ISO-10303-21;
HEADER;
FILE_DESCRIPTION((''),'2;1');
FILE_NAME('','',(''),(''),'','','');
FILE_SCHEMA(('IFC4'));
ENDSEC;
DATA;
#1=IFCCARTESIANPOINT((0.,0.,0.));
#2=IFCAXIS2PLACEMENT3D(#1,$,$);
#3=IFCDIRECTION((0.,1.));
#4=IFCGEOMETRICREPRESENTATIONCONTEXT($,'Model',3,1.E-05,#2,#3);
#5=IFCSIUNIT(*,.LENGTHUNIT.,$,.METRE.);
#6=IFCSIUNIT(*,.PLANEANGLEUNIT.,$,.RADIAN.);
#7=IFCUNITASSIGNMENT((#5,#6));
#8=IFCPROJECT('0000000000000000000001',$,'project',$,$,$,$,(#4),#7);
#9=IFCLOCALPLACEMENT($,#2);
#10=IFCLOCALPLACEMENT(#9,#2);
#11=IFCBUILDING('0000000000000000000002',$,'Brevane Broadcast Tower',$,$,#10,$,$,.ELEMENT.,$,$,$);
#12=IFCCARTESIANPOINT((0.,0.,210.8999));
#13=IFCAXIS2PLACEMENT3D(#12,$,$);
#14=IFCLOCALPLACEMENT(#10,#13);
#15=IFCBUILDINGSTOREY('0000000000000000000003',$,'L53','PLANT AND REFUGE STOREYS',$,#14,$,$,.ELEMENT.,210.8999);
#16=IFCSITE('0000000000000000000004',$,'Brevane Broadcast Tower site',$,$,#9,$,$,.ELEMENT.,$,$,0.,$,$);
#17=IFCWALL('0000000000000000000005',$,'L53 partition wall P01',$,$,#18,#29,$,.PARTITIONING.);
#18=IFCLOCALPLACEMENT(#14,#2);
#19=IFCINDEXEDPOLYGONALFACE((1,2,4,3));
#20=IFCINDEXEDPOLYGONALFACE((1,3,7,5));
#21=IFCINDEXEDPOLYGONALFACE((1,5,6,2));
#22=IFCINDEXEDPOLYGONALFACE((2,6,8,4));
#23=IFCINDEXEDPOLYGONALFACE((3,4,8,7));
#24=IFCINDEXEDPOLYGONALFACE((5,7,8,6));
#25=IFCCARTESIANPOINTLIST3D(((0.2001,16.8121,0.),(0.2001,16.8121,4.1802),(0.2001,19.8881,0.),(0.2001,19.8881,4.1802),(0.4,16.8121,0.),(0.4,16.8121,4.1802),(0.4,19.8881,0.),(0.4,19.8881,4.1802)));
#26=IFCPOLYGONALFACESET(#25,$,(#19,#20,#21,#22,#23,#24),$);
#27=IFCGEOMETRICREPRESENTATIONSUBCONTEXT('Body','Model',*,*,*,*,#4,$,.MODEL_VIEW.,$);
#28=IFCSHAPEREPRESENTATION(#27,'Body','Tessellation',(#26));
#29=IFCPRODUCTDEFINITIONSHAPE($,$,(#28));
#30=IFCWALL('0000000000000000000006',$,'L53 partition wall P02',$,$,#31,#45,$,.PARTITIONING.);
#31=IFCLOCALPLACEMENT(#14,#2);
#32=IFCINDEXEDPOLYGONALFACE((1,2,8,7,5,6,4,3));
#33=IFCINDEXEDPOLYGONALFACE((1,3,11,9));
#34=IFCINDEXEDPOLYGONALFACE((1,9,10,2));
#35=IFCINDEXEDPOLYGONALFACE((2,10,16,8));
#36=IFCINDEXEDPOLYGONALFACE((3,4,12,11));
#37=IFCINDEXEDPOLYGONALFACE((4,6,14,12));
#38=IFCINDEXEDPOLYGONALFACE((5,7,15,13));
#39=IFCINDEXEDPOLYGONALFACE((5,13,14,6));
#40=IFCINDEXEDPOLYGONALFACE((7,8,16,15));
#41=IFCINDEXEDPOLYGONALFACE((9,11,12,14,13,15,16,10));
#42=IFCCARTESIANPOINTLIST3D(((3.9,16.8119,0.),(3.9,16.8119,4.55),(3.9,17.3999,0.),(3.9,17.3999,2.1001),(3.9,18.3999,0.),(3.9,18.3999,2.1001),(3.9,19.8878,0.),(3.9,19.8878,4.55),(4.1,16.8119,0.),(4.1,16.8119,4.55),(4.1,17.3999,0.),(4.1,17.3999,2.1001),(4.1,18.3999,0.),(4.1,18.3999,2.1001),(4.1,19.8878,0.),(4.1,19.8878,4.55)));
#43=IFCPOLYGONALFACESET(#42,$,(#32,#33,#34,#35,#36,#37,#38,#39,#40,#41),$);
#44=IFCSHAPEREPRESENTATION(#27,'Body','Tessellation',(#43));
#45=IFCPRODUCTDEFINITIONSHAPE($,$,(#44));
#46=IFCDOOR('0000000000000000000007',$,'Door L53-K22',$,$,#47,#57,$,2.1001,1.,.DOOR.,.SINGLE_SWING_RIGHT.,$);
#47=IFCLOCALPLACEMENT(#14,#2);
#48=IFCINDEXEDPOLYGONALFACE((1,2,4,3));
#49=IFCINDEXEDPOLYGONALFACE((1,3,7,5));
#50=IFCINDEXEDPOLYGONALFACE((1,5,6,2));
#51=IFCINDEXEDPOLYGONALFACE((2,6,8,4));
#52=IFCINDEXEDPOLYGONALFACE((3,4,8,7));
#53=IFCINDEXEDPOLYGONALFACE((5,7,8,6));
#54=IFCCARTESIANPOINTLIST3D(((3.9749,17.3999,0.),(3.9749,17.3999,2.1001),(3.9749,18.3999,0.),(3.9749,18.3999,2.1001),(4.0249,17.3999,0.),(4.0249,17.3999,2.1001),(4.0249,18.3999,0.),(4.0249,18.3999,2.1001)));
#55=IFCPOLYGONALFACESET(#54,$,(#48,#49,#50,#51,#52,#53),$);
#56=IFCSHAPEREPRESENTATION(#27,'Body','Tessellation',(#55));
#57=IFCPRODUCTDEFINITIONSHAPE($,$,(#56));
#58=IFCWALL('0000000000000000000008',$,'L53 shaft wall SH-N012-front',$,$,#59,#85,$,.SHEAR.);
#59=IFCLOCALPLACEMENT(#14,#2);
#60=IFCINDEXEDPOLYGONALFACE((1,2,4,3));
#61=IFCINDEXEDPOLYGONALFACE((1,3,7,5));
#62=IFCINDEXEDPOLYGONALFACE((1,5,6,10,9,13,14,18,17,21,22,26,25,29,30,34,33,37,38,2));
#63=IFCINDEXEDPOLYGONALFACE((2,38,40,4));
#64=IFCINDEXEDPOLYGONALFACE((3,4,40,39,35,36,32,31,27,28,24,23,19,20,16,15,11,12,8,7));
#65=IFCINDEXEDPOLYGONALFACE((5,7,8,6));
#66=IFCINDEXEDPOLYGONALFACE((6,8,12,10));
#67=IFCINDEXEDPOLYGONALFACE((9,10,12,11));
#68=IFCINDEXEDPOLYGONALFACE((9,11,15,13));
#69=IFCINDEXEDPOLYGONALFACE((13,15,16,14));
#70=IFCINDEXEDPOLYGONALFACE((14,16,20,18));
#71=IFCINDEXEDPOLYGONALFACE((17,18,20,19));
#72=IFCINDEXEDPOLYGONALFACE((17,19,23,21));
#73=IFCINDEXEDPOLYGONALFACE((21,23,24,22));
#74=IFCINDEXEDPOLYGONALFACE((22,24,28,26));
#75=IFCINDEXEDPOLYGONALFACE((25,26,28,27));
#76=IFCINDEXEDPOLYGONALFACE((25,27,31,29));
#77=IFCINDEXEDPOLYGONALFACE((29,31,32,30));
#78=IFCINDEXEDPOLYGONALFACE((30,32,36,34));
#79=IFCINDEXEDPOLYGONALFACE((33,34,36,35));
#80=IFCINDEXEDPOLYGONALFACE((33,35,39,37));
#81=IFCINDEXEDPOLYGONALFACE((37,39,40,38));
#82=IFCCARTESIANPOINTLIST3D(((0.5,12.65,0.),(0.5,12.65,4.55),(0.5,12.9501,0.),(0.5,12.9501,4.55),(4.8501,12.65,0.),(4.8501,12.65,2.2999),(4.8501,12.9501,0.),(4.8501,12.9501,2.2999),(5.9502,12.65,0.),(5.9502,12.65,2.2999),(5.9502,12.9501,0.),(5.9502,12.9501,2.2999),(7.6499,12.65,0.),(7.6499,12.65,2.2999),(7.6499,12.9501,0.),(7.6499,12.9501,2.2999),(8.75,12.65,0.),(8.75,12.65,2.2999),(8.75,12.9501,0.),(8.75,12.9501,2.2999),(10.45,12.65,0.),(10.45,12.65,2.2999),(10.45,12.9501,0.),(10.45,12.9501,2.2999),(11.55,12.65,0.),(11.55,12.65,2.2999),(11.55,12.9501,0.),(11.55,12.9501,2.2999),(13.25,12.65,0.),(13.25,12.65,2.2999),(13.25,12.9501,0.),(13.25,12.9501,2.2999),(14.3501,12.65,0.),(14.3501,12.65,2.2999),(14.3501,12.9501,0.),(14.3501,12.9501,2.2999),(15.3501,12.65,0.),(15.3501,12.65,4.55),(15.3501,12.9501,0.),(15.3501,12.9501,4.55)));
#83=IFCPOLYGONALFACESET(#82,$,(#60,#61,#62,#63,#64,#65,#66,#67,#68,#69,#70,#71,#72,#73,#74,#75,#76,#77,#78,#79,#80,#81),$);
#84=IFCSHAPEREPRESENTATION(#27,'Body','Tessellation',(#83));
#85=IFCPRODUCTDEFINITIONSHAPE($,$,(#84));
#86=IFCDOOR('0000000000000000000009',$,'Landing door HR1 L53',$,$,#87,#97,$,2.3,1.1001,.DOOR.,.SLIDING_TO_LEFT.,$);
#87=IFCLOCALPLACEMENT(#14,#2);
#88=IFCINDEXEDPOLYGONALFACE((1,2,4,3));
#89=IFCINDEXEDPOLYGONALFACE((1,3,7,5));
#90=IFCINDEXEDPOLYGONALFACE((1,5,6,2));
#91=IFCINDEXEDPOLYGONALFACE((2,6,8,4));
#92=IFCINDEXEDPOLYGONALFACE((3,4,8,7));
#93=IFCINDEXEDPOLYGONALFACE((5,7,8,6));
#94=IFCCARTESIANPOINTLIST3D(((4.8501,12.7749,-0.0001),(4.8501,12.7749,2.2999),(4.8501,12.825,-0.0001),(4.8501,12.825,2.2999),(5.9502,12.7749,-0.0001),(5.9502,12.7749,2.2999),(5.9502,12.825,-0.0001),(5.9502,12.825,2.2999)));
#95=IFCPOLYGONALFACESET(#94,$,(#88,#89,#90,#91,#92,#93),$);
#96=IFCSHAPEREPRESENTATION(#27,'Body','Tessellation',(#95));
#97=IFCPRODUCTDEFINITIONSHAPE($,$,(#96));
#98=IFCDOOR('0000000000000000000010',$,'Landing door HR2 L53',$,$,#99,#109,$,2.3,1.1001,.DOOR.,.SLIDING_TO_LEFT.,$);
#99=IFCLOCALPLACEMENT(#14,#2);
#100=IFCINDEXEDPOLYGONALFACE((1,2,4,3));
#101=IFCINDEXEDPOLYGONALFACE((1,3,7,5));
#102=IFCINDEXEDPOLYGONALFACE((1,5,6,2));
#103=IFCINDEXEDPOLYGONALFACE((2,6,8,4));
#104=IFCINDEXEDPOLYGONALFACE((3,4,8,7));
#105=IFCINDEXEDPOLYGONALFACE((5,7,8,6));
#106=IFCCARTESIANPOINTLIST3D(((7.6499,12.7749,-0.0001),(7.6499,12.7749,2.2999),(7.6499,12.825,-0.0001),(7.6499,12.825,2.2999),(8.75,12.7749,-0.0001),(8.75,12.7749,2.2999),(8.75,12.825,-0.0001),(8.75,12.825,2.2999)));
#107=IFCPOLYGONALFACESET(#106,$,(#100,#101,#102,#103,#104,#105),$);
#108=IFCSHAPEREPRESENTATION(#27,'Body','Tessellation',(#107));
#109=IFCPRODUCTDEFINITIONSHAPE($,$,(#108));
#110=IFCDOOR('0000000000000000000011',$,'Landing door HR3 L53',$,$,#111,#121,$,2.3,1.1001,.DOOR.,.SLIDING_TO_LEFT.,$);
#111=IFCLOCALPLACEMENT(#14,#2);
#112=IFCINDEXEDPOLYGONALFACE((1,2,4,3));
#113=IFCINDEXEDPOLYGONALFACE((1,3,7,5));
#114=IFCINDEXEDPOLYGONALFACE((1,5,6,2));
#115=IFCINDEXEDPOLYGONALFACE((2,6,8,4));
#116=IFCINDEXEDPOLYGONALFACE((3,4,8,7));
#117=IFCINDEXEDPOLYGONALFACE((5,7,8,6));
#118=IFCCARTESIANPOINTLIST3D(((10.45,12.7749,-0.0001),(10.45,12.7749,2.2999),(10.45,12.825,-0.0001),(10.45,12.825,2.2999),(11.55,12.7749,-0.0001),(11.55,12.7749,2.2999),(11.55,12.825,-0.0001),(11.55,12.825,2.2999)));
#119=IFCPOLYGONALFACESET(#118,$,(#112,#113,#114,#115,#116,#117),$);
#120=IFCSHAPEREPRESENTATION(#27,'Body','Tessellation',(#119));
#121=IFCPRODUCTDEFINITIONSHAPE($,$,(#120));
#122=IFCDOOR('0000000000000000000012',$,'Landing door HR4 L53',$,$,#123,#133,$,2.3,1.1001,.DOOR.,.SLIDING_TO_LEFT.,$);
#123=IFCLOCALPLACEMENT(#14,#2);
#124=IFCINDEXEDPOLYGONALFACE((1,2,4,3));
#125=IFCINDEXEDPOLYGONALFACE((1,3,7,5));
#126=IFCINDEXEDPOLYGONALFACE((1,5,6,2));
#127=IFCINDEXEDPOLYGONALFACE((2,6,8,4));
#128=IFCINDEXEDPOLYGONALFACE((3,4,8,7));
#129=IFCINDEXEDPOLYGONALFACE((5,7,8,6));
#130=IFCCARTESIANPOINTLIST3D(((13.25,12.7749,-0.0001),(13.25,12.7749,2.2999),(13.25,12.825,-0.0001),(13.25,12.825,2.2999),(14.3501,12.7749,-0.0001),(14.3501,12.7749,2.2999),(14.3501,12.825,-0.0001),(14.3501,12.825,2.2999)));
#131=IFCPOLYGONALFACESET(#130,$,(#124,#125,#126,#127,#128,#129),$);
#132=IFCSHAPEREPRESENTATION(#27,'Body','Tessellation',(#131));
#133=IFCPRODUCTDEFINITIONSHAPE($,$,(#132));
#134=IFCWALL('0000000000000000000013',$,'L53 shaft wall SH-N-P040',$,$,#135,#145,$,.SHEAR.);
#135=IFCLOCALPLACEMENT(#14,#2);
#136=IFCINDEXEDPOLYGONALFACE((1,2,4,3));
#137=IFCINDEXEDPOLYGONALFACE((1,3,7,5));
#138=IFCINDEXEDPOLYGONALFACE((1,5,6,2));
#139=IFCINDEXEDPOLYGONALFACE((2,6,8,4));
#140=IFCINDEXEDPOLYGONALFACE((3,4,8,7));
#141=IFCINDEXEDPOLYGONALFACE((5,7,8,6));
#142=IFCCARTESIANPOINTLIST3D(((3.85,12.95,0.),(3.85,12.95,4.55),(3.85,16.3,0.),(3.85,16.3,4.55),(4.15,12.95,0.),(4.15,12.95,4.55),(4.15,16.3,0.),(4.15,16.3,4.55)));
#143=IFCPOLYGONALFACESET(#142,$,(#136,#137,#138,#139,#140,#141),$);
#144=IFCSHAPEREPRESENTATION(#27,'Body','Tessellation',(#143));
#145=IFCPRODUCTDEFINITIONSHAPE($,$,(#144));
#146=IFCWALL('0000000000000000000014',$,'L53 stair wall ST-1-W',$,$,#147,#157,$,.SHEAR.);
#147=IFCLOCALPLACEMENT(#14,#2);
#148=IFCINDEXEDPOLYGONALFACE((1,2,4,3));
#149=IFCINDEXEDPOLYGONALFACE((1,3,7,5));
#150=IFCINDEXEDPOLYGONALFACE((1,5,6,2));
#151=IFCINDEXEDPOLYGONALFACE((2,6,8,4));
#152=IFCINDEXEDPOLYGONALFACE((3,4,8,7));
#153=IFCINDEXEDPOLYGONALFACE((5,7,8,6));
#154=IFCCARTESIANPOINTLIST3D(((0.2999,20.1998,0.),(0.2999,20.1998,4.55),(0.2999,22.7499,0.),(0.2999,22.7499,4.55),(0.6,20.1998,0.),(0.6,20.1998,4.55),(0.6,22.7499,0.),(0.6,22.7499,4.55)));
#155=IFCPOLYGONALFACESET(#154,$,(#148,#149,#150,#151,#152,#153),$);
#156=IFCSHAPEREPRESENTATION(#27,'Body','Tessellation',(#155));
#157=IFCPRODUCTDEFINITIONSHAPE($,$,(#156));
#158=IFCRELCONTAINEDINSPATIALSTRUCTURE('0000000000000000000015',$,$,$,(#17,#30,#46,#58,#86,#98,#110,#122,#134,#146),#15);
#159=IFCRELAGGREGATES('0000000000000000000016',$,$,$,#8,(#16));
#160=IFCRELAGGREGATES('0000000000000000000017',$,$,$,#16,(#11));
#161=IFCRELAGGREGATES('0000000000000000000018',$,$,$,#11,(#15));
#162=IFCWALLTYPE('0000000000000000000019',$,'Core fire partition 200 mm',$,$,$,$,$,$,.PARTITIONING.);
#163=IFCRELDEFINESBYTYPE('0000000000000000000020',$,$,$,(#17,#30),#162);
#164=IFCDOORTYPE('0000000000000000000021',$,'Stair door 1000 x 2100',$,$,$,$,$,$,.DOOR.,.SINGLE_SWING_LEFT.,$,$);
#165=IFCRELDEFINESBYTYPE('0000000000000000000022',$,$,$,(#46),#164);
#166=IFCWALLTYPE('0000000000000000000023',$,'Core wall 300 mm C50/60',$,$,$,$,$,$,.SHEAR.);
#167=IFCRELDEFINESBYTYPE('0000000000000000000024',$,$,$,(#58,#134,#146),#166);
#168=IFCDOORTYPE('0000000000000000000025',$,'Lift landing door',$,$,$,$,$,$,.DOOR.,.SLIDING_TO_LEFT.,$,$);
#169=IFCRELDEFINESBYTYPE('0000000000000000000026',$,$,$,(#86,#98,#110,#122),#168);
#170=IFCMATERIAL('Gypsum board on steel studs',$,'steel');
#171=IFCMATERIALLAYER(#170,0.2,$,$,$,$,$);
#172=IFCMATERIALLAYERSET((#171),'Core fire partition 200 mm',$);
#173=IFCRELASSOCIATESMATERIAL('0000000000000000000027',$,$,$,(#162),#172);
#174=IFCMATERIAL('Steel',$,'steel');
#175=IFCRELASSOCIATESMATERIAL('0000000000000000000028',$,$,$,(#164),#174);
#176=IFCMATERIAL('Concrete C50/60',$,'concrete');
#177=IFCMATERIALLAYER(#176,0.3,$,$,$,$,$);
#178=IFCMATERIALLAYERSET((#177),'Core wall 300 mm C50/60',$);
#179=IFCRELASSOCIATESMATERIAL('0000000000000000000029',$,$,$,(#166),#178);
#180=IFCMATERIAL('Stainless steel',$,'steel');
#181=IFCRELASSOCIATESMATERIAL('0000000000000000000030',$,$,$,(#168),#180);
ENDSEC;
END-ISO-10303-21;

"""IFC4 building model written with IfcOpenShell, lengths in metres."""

from ifc_helpers import new_model, si_unit, direction, frame, frame_2d, origin, place, context, subcontext, project, spatial, rectangle, extrude, material, layer, layer_set, type_object, element, fill, save


model = new_model("IFC4")

# Units and contexts
model_context = context("Model", 3, precision=1e-05, world=origin(), true_north=direction((0.0, 1.0)))
body_context = subcontext(model_context, "Body", "Model", "MODEL_VIEW")
ifc_project = project(units=[si_unit("LENGTHUNIT", "METRE"), si_unit("PLANEANGLEUNIT", "RADIAN")], contexts=[model_context])

# Site, building, storey
site_placement = place(None, origin())
site = spatial("IfcSite", under=ifc_project, at=site_placement, Name="Brevane Broadcast Tower site", CompositionType="ELEMENT", RefElevation=0.0)
building_placement = place(site_placement, origin())
building = spatial("IfcBuilding", under=site, at=building_placement, Name="Brevane Broadcast Tower", CompositionType="ELEMENT")
storey_placement = place(building_placement, frame((0.0, 0.0, 210.8999)))
storey = spatial("IfcBuildingStorey", under=building, at=storey_placement, Name="L53", Description="PLANT AND REFUGE STOREYS", CompositionType="ELEMENT", Elevation=210.8999)

# Wall
ifc_material_1 = material(Name="Gypsum board on steel studs", Category="steel")
ifc_layer_1 = layer(ifc_material_1, 0.2)
ifc_layer_set_1 = layer_set([ifc_layer_1], Name="Core fire partition 200 mm")
wall_type_1 = type_object("IfcWallType", Name="Core fire partition 200 mm", PredefinedType="PARTITIONING", material=ifc_layer_set_1)
wall_1_placement = place(storey_placement, frame((0.3, 16.812, 0.0), z_axis=(0.0, 0.0, 1.0), x_axis=(0.0, 1.0, 0.0)))
element("IfcWall", 1, at=wall_1_placement, inside=storey, type_object=wall_type_1, Name="L53 partition wall P01", PredefinedType="PARTITIONING", context=body_context, shape_type="SweptSolid", body=[
    extrude(rectangle(XDim=3.0759, YDim=0.2, at=frame_2d((1.5381, 0.0))), origin(), (0.0, 0.0, 1.0), 4.1802),
])

# Wall, opening, door
wall_2_placement = place(storey_placement, frame((4.0, 19.8879, 0.0), z_axis=(0.0, 0.0, 1.0), x_axis=(0.0, -1.0, 0.0)))
wall_2 = element("IfcWall", 2, at=wall_2_placement, inside=storey, type_object=wall_type_1, Name="L53 partition wall P02", PredefinedType="PARTITIONING", context=body_context, shape_type="SweptSolid", body=[
    extrude(rectangle(XDim=3.0759, YDim=0.2, at=frame_2d((1.5381, 0.0))), origin(), (0.0, 0.0, 1.0), 4.55),
])
opening_1_placement = place(wall_2_placement, frame((1.488, 0.0, 0.0)))
opening_1 = element("IfcOpeningElement", 3, at=opening_1_placement, cuts=wall_2, PredefinedType="OPENING", context=body_context, shape_type="SweptSolid", body=[
    extrude(rectangle(XDim=1.0, YDim=2.1001, at=frame_2d((0.5, 1.05))), frame((0.0, 0.1099, 0.0), z_axis=(0.0, -1.0, 0.0), x_axis=(1.0, 0.0, 0.0)), (0.0, 0.0, 1.0), 0.22),
])
ifc_material_2 = material(Name="Steel", Category="steel")
door_type_1 = type_object("IfcDoorType", Name="Stair door 1000 x 2100", OperationType="SINGLE_SWING_LEFT", PredefinedType="DOOR", material=ifc_material_2)
door_1_placement = place(opening_1_placement, origin())
door_1 = element("IfcDoor", 4, at=door_1_placement, inside=storey, type_object=door_type_1, Name="Door L53-K22", OperationType="SINGLE_SWING_RIGHT", OverallHeight=2.1001, OverallWidth=1.0, PredefinedType="DOOR", context=body_context, shape_type="SweptSolid", body=[
    extrude(rectangle(XDim=1.0, YDim=2.1001, at=frame_2d((0.5, 1.05))), frame((0.0, 0.0249, 0.0), z_axis=(0.0, -1.0, 0.0), x_axis=(1.0, 0.0, 0.0)), (0.0, 0.0, 1.0), 0.05),
])
fill(opening_1, door_1)

# Wall, openings, doors
ifc_material_3 = material(Name="Concrete C50/60", Category="concrete")
ifc_layer_2 = layer(ifc_material_3, 0.3)
ifc_layer_set_2 = layer_set([ifc_layer_2], Name="Core wall 300 mm C50/60")
wall_type_2 = type_object("IfcWallType", Name="Core wall 300 mm C50/60", PredefinedType="SHEAR", material=ifc_layer_set_2)
wall_3_placement = place(storey_placement, frame((0.5, 12.8, 0.0), z_axis=(0.0, 0.0, 1.0), x_axis=(1.0, 0.0, 0.0)))
wall_3 = element("IfcWall", 5, at=wall_3_placement, inside=storey, type_object=wall_type_2, Name="L53 shaft wall SH-N012-front", PredefinedType="SHEAR", context=body_context, shape_type="SweptSolid", body=[
    extrude(rectangle(XDim=14.8501, YDim=0.3, at=frame_2d((7.425, 0.0))), origin(), (0.0, 0.0, 1.0), 4.55),
])
opening_2_placement = place(wall_3_placement, frame((4.3501, 0.0, 0.0)))
opening_2 = element("IfcOpeningElement", 6, at=opening_2_placement, cuts=wall_3, PredefinedType="OPENING", context=body_context, shape_type="SweptSolid", body=[
    extrude(rectangle(XDim=1.1001, YDim=2.3, at=frame_2d((0.55, 1.1499))), frame((0.0, 0.1599, 0.0), z_axis=(0.0, -1.0, 0.0), x_axis=(1.0, 0.0, 0.0)), (0.0, 0.0, 1.0), 0.3201),
])
opening_3_placement = place(wall_3_placement, frame((7.1499, 0.0, 0.0)))
opening_3 = element("IfcOpeningElement", 7, at=opening_3_placement, cuts=wall_3, PredefinedType="OPENING", context=body_context, shape_type="SweptSolid", body=[
    extrude(rectangle(XDim=1.1001, YDim=2.3, at=frame_2d((0.55, 1.1499))), frame((0.0, 0.1599, 0.0), z_axis=(0.0, -1.0, 0.0), x_axis=(1.0, 0.0, 0.0)), (0.0, 0.0, 1.0), 0.3201),
])
opening_4_placement = place(wall_3_placement, frame((9.95, 0.0, 0.0)))
opening_4 = element("IfcOpeningElement", 8, at=opening_4_placement, cuts=wall_3, PredefinedType="OPENING", context=body_context, shape_type="SweptSolid", body=[
    extrude(rectangle(XDim=1.1001, YDim=2.3, at=frame_2d((0.55, 1.1499))), frame((0.0, 0.1599, 0.0), z_axis=(0.0, -1.0, 0.0), x_axis=(1.0, 0.0, 0.0)), (0.0, 0.0, 1.0), 0.3201),
])
opening_5_placement = place(wall_3_placement, frame((12.75, 0.0, 0.0)))
opening_5 = element("IfcOpeningElement", 9, at=opening_5_placement, cuts=wall_3, PredefinedType="OPENING", context=body_context, shape_type="SweptSolid", body=[
    extrude(rectangle(XDim=1.1001, YDim=2.3, at=frame_2d((0.55, 1.1499))), frame((0.0, 0.1599, 0.0), z_axis=(0.0, -1.0, 0.0), x_axis=(1.0, 0.0, 0.0)), (0.0, 0.0, 1.0), 0.3201),
])
ifc_material_4 = material(Name="Stainless steel", Category="steel")
door_type_2 = type_object("IfcDoorType", Name="Lift landing door", OperationType="SLIDING_TO_LEFT", PredefinedType="DOOR", material=ifc_material_4)
door_2_placement = place(opening_2_placement, origin())
door_2 = element("IfcDoor", 10, at=door_2_placement, inside=storey, type_object=door_type_2, Name="Landing door HR1 L53", OperationType="SLIDING_TO_LEFT", OverallHeight=2.3, OverallWidth=1.1001, PredefinedType="DOOR", context=body_context, shape_type="SweptSolid", body=[
    extrude(rectangle(XDim=1.1001, YDim=2.3, at=frame_2d((0.55, 1.1499))), frame((0.0, 0.0249, 0.0), z_axis=(0.0, -1.0, 0.0), x_axis=(1.0, 0.0, 0.0)), (0.0, 0.0, 1.0), 0.05),
])
fill(opening_2, door_2)
door_3_placement = place(opening_3_placement, origin())
door_3 = element("IfcDoor", 11, at=door_3_placement, inside=storey, type_object=door_type_2, Name="Landing door HR2 L53", OperationType="SLIDING_TO_LEFT", OverallHeight=2.3, OverallWidth=1.1001, PredefinedType="DOOR", context=body_context, shape_type="SweptSolid", body=[
    extrude(rectangle(XDim=1.1001, YDim=2.3, at=frame_2d((0.55, 1.1499))), frame((0.0, 0.0249, 0.0), z_axis=(0.0, -1.0, 0.0), x_axis=(1.0, 0.0, 0.0)), (0.0, 0.0, 1.0), 0.05),
])
fill(opening_3, door_3)
door_4_placement = place(opening_4_placement, origin())
door_4 = element("IfcDoor", 12, at=door_4_placement, inside=storey, type_object=door_type_2, Name="Landing door HR3 L53", OperationType="SLIDING_TO_LEFT", OverallHeight=2.3, OverallWidth=1.1001, PredefinedType="DOOR", context=body_context, shape_type="SweptSolid", body=[
    extrude(rectangle(XDim=1.1001, YDim=2.3, at=frame_2d((0.55, 1.1499))), frame((0.0, 0.0249, 0.0), z_axis=(0.0, -1.0, 0.0), x_axis=(1.0, 0.0, 0.0)), (0.0, 0.0, 1.0), 0.05),
])
fill(opening_4, door_4)
door_5_placement = place(opening_5_placement, origin())
door_5 = element("IfcDoor", 13, at=door_5_placement, inside=storey, type_object=door_type_2, Name="Landing door HR4 L53", OperationType="SLIDING_TO_LEFT", OverallHeight=2.3, OverallWidth=1.1001, PredefinedType="DOOR", context=body_context, shape_type="SweptSolid", body=[
    extrude(rectangle(XDim=1.1001, YDim=2.3, at=frame_2d((0.55, 1.1499))), frame((0.0, 0.0249, 0.0), z_axis=(0.0, -1.0, 0.0), x_axis=(1.0, 0.0, 0.0)), (0.0, 0.0, 1.0), 0.05),
])
fill(opening_5, door_5)

# Walls
wall_4_placement = place(storey_placement, frame((4.0, 12.95, 0.0), z_axis=(0.0, 0.0, 1.0), x_axis=(0.0, 1.0, 0.0)))
element("IfcWall", 14, at=wall_4_placement, inside=storey, type_object=wall_type_2, Name="L53 shaft wall SH-N-P040", PredefinedType="SHEAR", context=body_context, shape_type="SweptSolid", body=[
    extrude(rectangle(XDim=3.3501, YDim=0.3, at=frame_2d((1.675, 0.0))), origin(), (0.0, 0.0, 1.0), 4.55),
])
wall_5_placement = place(storey_placement, frame((0.45, 20.2, 0.0), z_axis=(0.0, 0.0, 1.0), x_axis=(0.0, 1.0, 0.0)))
element("IfcWall", 15, at=wall_5_placement, inside=storey, type_object=wall_type_2, Name="L53 stair wall ST-1-W", PredefinedType="SHEAR", context=body_context, shape_type="SweptSolid", body=[
    extrude(rectangle(XDim=2.55, YDim=0.3, at=frame_2d((1.2749, 0.0))), origin(), (0.0, 0.0, 1.0), 4.55),
])

save(model, "model.ifc")
